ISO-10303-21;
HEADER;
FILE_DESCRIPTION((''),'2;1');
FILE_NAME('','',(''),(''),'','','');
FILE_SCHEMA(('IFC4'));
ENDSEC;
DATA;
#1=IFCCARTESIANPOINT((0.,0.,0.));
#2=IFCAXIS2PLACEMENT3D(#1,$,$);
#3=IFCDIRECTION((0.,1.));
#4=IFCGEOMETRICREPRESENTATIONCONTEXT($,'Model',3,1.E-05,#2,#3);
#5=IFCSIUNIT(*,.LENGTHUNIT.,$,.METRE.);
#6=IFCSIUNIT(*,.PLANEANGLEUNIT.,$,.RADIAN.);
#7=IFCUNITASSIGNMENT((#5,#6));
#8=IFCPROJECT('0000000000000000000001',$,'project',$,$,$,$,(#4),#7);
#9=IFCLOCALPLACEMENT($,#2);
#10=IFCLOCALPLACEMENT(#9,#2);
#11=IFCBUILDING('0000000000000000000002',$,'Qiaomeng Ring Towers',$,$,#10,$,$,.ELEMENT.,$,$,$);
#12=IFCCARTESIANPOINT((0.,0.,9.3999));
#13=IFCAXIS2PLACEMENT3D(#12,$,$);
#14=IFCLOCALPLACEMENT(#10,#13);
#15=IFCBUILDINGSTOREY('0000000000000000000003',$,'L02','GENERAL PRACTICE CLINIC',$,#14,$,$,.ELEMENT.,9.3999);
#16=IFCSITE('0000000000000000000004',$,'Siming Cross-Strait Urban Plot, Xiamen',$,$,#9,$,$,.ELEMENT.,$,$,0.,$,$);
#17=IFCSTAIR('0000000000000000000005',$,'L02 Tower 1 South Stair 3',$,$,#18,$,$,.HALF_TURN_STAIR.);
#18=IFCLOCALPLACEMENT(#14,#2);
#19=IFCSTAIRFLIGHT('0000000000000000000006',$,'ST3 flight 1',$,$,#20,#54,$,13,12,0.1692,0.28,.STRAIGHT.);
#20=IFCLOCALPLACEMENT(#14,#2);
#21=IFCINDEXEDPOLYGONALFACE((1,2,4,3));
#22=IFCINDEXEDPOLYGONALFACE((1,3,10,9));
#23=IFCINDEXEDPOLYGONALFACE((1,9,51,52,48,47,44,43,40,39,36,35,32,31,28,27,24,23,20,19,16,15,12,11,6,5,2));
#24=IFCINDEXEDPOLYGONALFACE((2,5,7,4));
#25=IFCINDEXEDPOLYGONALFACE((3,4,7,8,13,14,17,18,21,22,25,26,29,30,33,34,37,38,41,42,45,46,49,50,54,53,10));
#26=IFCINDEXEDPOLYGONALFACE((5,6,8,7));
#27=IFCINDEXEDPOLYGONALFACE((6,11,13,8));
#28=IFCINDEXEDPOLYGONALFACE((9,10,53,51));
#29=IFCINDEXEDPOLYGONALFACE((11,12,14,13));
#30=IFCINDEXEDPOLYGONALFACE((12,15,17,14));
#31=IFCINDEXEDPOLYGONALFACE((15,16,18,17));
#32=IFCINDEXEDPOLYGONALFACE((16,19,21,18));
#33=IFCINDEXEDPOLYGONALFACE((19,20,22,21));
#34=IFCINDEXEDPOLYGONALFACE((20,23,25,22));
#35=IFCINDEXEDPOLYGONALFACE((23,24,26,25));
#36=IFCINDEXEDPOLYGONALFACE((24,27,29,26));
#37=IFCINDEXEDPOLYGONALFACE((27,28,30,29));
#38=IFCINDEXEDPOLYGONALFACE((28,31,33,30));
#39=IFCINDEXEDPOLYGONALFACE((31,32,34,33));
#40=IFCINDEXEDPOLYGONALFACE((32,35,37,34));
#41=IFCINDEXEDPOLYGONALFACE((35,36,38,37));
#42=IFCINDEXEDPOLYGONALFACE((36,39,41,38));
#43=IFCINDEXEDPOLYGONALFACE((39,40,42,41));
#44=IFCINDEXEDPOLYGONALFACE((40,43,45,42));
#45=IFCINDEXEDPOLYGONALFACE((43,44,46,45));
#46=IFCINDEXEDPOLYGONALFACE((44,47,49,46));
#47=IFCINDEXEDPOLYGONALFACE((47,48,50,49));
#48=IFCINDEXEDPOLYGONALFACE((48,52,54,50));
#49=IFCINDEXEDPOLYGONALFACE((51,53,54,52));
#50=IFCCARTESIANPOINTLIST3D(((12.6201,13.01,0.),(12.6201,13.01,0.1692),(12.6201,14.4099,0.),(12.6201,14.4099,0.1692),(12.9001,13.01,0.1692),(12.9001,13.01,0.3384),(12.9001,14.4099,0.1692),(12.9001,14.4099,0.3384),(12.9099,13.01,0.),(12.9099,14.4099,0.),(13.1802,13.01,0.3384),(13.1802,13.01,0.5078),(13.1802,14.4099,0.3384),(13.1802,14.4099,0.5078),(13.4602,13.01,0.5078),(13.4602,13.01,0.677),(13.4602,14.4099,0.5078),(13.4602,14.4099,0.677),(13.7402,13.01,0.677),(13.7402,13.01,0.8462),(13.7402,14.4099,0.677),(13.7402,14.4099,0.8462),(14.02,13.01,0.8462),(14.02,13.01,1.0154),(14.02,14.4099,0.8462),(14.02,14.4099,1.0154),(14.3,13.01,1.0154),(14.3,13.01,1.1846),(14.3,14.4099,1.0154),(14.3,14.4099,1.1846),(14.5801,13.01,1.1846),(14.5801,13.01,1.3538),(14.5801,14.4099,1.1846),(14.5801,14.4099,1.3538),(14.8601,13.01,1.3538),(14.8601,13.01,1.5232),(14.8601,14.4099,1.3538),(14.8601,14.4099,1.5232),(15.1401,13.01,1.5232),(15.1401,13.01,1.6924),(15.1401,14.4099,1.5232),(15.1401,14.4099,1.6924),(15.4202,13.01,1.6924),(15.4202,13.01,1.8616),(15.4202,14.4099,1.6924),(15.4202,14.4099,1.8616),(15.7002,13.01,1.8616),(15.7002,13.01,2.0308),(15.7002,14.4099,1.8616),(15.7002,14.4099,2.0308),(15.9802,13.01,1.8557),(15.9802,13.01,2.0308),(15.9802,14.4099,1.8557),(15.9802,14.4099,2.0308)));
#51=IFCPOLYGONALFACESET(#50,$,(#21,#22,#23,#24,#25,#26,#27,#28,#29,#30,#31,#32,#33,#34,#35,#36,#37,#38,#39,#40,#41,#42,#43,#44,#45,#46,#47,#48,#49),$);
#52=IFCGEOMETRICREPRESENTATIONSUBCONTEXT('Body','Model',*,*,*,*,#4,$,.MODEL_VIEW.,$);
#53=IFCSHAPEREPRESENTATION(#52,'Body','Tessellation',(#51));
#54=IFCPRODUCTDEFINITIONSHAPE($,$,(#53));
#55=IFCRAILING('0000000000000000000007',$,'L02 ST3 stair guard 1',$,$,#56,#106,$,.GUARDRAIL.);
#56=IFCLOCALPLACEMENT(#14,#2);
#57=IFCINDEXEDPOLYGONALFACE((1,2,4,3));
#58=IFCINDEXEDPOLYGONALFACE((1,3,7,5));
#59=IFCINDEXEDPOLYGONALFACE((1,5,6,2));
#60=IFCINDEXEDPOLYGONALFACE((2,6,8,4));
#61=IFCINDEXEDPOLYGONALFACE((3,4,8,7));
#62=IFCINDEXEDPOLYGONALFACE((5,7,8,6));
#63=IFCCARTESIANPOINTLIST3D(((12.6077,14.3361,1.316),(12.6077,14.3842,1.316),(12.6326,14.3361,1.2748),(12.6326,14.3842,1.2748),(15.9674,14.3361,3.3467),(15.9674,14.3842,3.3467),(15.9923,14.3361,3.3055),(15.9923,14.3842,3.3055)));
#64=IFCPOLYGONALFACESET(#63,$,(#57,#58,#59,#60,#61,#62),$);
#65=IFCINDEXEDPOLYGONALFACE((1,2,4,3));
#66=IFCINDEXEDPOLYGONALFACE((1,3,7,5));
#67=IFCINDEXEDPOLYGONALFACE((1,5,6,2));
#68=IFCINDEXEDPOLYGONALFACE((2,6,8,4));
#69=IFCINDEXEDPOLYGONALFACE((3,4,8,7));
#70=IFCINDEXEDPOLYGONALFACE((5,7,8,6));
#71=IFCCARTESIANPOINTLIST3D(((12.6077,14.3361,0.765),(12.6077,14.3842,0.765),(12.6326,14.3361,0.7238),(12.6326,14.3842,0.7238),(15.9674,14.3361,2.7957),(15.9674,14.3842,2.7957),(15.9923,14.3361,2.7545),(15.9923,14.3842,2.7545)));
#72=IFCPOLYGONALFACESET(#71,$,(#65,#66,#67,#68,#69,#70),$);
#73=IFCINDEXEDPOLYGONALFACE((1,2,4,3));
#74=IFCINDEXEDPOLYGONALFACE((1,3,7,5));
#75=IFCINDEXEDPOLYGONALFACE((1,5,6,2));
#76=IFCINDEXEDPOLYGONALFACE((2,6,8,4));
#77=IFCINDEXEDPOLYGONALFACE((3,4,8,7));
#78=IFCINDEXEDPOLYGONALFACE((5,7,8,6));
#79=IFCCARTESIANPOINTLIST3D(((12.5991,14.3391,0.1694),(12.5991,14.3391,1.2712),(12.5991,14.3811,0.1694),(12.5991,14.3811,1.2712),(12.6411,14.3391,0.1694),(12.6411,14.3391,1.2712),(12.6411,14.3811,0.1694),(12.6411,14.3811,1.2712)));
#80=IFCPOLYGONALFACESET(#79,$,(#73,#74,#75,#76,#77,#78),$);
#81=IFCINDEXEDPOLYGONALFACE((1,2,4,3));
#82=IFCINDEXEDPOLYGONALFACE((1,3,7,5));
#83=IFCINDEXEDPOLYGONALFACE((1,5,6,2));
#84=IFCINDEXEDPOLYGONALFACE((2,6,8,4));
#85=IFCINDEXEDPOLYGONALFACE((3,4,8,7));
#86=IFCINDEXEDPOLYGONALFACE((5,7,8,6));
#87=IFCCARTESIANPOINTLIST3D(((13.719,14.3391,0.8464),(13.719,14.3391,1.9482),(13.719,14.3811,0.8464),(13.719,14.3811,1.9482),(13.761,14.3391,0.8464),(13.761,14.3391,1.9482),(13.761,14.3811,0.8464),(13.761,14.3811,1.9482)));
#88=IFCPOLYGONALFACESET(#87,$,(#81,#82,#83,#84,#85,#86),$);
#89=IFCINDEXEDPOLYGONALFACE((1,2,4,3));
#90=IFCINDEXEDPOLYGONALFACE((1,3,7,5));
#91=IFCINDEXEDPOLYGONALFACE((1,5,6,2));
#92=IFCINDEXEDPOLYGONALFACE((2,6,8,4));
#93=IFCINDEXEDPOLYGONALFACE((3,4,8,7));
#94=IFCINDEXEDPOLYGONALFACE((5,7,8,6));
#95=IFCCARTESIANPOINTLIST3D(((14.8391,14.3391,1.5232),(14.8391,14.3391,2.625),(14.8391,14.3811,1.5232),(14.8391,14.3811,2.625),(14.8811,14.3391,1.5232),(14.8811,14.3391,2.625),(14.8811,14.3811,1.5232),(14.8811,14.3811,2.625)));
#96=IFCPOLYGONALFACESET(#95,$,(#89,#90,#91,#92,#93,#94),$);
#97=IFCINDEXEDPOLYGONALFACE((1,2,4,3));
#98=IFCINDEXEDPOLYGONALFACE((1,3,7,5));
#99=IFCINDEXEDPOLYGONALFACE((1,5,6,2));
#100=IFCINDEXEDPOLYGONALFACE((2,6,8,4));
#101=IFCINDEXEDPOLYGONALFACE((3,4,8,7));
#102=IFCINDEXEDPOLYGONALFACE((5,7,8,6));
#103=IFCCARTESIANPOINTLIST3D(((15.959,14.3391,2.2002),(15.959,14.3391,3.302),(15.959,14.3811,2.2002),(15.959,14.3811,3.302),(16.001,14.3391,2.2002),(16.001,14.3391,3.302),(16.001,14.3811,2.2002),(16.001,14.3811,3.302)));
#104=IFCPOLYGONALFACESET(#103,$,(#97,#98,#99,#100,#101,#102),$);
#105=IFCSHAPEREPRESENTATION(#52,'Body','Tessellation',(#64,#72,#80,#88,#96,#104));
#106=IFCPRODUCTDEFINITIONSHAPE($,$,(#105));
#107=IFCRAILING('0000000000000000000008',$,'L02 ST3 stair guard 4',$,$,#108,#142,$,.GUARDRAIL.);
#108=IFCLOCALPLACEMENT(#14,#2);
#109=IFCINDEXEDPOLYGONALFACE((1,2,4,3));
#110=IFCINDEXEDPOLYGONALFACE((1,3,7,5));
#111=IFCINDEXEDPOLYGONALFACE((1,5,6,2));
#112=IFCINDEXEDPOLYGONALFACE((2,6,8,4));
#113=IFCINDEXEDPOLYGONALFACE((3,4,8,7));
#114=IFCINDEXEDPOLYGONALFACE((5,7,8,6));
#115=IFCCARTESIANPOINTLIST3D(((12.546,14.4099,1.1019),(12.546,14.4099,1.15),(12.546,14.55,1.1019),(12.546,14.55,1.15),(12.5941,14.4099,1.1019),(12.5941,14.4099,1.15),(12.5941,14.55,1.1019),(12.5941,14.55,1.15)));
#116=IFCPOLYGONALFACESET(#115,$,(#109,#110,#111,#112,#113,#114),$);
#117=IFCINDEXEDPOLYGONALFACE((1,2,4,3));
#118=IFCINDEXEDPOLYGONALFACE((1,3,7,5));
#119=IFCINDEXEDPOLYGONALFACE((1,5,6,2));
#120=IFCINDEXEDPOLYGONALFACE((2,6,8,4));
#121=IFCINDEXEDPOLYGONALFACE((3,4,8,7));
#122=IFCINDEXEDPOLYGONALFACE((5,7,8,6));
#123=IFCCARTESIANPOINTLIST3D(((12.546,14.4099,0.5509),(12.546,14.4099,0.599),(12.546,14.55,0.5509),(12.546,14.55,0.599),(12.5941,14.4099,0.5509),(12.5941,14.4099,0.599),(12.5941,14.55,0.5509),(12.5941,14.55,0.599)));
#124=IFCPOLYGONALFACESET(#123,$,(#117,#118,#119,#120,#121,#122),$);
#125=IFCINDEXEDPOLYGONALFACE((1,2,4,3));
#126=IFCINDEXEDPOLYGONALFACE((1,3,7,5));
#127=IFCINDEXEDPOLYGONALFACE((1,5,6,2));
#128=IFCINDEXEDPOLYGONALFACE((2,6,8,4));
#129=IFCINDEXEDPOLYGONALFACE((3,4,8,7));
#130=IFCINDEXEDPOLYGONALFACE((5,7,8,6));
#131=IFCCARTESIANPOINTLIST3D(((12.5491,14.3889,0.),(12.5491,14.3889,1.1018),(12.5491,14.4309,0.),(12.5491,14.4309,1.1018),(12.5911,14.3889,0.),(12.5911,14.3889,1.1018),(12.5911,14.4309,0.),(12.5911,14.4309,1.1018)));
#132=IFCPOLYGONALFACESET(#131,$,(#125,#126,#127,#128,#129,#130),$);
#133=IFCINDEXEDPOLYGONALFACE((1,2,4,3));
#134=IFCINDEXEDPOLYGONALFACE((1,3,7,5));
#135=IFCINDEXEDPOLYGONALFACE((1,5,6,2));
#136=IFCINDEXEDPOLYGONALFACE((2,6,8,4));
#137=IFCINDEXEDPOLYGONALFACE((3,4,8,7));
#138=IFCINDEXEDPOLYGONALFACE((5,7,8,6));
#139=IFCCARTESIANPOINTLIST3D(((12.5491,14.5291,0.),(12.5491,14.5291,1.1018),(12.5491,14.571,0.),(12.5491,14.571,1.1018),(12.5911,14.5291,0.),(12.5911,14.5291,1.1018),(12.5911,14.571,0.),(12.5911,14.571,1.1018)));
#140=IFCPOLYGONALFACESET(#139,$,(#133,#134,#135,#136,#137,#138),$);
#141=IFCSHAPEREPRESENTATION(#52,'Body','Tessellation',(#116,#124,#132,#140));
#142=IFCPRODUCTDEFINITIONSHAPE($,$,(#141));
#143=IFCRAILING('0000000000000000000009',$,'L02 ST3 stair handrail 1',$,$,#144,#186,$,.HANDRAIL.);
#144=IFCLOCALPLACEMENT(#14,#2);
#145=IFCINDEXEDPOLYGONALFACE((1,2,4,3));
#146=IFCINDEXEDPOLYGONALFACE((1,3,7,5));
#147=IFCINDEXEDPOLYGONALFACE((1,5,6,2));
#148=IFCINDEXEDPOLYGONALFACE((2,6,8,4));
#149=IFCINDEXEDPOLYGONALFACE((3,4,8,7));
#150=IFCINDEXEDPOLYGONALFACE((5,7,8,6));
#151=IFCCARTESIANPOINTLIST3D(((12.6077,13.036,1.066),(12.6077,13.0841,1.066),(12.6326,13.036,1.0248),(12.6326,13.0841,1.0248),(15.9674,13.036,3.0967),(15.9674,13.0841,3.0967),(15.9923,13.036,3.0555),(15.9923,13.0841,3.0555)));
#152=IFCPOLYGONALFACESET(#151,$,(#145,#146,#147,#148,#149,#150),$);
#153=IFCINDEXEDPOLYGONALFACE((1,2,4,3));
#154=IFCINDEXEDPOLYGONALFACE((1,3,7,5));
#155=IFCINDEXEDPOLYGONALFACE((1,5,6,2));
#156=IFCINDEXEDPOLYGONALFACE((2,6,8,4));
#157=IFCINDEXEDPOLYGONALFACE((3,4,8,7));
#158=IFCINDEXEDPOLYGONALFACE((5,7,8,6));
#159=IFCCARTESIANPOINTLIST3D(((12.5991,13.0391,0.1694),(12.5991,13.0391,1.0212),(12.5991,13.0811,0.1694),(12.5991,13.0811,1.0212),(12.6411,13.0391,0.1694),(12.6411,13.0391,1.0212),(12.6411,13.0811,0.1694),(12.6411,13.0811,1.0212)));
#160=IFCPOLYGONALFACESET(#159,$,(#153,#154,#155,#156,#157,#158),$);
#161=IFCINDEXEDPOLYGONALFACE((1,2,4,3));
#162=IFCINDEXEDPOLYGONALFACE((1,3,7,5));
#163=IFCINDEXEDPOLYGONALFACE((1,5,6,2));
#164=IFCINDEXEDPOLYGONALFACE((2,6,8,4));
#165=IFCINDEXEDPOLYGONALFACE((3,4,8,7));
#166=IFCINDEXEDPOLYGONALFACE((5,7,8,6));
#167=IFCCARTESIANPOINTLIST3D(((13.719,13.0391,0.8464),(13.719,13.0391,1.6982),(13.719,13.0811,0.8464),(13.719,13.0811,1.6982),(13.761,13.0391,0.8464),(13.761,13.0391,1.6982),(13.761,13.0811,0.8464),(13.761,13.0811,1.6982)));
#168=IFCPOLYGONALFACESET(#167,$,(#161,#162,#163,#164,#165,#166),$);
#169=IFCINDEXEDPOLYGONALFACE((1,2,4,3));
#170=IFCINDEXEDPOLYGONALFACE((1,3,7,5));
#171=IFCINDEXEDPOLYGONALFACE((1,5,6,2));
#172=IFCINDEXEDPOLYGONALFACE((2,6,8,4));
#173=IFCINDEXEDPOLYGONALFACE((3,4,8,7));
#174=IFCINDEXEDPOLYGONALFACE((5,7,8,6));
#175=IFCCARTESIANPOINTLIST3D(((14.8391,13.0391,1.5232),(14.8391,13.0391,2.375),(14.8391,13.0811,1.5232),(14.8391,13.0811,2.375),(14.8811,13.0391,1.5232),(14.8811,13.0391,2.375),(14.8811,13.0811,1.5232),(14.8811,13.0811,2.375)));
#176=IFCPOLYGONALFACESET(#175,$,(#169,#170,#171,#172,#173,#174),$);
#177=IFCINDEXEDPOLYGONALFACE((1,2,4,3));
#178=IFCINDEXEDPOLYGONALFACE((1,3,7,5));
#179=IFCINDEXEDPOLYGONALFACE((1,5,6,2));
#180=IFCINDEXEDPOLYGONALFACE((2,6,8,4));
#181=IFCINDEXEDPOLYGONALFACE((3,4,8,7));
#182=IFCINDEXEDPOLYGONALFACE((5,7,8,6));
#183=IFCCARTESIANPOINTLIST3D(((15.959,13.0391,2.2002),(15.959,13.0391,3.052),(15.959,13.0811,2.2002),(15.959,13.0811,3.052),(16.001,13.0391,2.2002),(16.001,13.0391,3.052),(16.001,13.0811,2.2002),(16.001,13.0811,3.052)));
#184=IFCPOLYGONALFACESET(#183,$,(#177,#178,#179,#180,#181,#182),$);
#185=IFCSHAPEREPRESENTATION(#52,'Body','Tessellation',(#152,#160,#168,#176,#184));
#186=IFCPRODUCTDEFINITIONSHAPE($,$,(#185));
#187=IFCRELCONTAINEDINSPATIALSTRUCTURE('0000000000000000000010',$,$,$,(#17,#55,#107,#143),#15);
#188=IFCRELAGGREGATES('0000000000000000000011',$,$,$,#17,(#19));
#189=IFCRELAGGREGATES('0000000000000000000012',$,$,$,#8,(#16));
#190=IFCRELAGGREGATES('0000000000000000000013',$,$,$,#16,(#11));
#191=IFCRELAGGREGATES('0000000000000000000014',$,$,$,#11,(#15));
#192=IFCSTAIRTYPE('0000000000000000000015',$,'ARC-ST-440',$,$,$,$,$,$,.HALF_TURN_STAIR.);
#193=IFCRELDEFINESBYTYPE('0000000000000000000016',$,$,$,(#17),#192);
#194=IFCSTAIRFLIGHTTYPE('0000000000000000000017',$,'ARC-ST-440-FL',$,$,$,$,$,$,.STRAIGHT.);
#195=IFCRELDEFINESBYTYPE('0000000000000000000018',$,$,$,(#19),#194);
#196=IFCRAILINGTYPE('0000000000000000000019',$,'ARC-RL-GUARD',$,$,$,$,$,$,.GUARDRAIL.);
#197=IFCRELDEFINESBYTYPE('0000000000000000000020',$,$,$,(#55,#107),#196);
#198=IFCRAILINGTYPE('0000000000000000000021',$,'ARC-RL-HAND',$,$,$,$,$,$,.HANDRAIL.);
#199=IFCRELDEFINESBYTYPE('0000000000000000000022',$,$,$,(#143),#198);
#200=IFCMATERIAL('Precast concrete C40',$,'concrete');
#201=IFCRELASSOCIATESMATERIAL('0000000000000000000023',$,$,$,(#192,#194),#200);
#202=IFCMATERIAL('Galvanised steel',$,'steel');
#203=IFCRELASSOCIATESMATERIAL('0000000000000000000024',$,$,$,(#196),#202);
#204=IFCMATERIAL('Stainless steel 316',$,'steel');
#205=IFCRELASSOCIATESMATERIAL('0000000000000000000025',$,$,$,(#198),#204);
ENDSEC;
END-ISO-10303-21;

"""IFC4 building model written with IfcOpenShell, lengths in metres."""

from ifc_helpers import new_model, si_unit, direction, frame, origin, origin_2d, place, context, subcontext, project, spatial, polyline, rectangle, outline, extrude, source, transform, mapped, material, type_object, element, aggregate, save


model = new_model("IFC4")

# Units and contexts
model_context = context("Model", 3, precision=1e-05, world=origin(), true_north=direction((0.0, 1.0)))
body_context = subcontext(model_context, "Body", "Model", "MODEL_VIEW")
ifc_project = project(units=[si_unit("LENGTHUNIT", "METRE"), si_unit("PLANEANGLEUNIT", "RADIAN")], contexts=[model_context])

# Site, building, storey
site_placement = place(None, origin())
site = spatial("IfcSite", under=ifc_project, at=site_placement, Name="Siming Cross-Strait Urban Plot, Xiamen", CompositionType="ELEMENT", RefElevation=0.0)
building_placement = place(site_placement, origin())
building = spatial("IfcBuilding", under=site, at=building_placement, Name="Qiaomeng Ring Towers", CompositionType="ELEMENT")
storey_placement = place(building_placement, frame((0.0, 0.0, 9.3999)))
storey = spatial("IfcBuildingStorey", under=building, at=storey_placement, Name="L02", Description="GENERAL PRACTICE CLINIC", CompositionType="ELEMENT", Elevation=9.3999)

# Shared definitions
ifc_material_1 = material(Name="Galvanised steel", Category="steel")

# Stair, stair flight
ifc_material_2 = material(Name="Precast concrete C40", Category="concrete")
stair_type = type_object("IfcStairType", Name="ARC-ST-440", PredefinedType="HALF_TURN_STAIR", material=ifc_material_2)
stair_placement = place(storey_placement, origin())
stair = element("IfcStair", 1, at=stair_placement, inside=storey, type_object=stair_type, Name="L02 Tower 1 South Stair 3", PredefinedType="HALF_TURN_STAIR")
stair_flight_type = type_object("IfcStairFlightType", Name="ARC-ST-440-FL", PredefinedType="STRAIGHT", material=ifc_material_2)
shared_shape_1 = source(origin(), body_context, "Body", "SweptSolid", [
    extrude(outline(polyline([(0.0, 0.0), (0.0, 0.1692), (0.28, 0.1692), (0.28, 0.3384), (0.5601, 0.3384), (0.5601, 0.5078), (0.8401, 0.5078), (0.8401, 0.677), (1.1201, 0.677), (1.1201, 0.8462), (1.3999, 0.8462), (1.3999, 1.0154), (1.6799, 1.0154), (1.6799, 1.1846), (1.96, 1.1846), (1.96, 1.3538), (2.24, 1.3538), (2.24, 1.5232), (2.52, 1.5232), (2.52, 1.6924), (2.8, 1.6924), (2.8, 1.8616), (3.0801, 1.8616), (3.0801, 2.0308), (3.3601, 2.0308), (3.3601, 2.2), (3.3601, 1.8557), (0.2898, 0.0), (0.0, 0.0)])), frame((0.0, 0.7, 0.0), z_axis=(0.0, -1.0, 0.0), x_axis=(1.0, 0.0, 0.0)), (0.0, 0.0, 1.0), 1.3999),
])
stair_flight_placement = place(storey_placement, frame((12.6201, 13.71, 0.0), z_axis=(0.0, 0.0, 1.0), x_axis=(1.0, 0.0, 0.0)))
stair_flight = element("IfcStairFlight", 2, at=stair_flight_placement, type_object=stair_flight_type, Name="ST3 flight 1", NumberOfRisers=13, NumberOfTreads=12, PredefinedType="STRAIGHT", RiserHeight=0.1692, TreadLength=0.28, context=body_context, shape_type="MappedRepresentation", body=[
    mapped(shared_shape_1, transform((0.0, 0.0, 0.0), x_axis=(1.0, 0.0, 0.0), y_axis=(0.0, 1.0, 0.0), z_axis=(0.0, 0.0, 1.0), scale=1.0)),
])
aggregate(stair, [stair_flight])

# Railings
railing_type_1 = type_object("IfcRailingType", Name="ARC-RL-GUARD", PredefinedType="GUARDRAIL", material=ifc_material_1)
railing_1_placement = place(storey_placement, frame((12.6201, 14.3601, 0.1694)))
element("IfcRailing", 3, at=railing_1_placement, inside=storey, type_object=railing_type_1, Name="L02 ST3 stair guard 1", PredefinedType="GUARDRAIL", context=body_context, shape_type="SweptSolid", body=[
    extrude(rectangle(XDim=0.0481, YDim=0.0481, at=origin_2d()), frame((0.0, 0.0, 1.126), z_axis=(0.85582, 0.0, 0.517273), x_axis=(0.0, 1.0, 0.0)), (0.0, 0.0, 1.0), 3.9258),
    extrude(rectangle(XDim=0.0481, YDim=0.0481, at=origin_2d()), frame((0.0, 0.0, 0.575), z_axis=(0.85582, 0.0, 0.517273), x_axis=(0.0, 1.0, 0.0)), (0.0, 0.0, 1.0), 3.9258),
    extrude(rectangle(XDim=0.042, YDim=0.042, at=origin_2d()), origin(), (0.0, 0.0, 1.0), 1.1018),
    extrude(rectangle(XDim=0.042, YDim=0.042, at=origin_2d()), frame((1.1199, 0.0, 0.677)), (0.0, 0.0, 1.0), 1.1018),
    extrude(rectangle(XDim=0.042, YDim=0.042, at=origin_2d()), frame((2.24, 0.0, 1.3538)), (0.0, 0.0, 1.0), 1.1018),
    extrude(rectangle(XDim=0.042, YDim=0.042, at=origin_2d()), frame((3.3599, 0.0, 2.0308)), (0.0, 0.0, 1.0), 1.1018),
])
railing_2_placement = place(storey_placement, frame((12.5701, 14.4099, 0.0)))
element("IfcRailing", 4, at=railing_2_placement, inside=storey, type_object=railing_type_1, Name="L02 ST3 stair guard 4", PredefinedType="GUARDRAIL", context=body_context, shape_type="SweptSolid", body=[
    extrude(rectangle(XDim=0.0481, YDim=0.0481, at=origin_2d()), frame((0.0, 0.0, 1.126), z_axis=(0.0, 1.0, 0.0), x_axis=(-1.0, 0.0, 0.0)), (0.0, 0.0, 1.0), 0.1401),
    extrude(rectangle(XDim=0.0481, YDim=0.0481, at=origin_2d()), frame((0.0, 0.0, 0.575), z_axis=(0.0, 1.0, 0.0), x_axis=(-1.0, 0.0, 0.0)), (0.0, 0.0, 1.0), 0.1401),
    extrude(rectangle(XDim=0.042, YDim=0.042, at=origin_2d()), origin(), (0.0, 0.0, 1.0), 1.1018),
    extrude(rectangle(XDim=0.042, YDim=0.042, at=origin_2d()), frame((0.0, 0.1401, 0.0)), (0.0, 0.0, 1.0), 1.1018),
])
ifc_material_3 = material(Name="Stainless steel 316", Category="steel")
railing_type_2 = type_object("IfcRailingType", Name="ARC-RL-HAND", PredefinedType="HANDRAIL", material=ifc_material_3)
railing_3_placement = place(storey_placement, frame((12.6201, 13.0601, 0.1694)))
element("IfcRailing", 5, at=railing_3_placement, inside=storey, type_object=railing_type_2, Name="L02 ST3 stair handrail 1", PredefinedType="HANDRAIL", context=body_context, shape_type="SweptSolid", body=[
    extrude(rectangle(XDim=0.0481, YDim=0.0481, at=origin_2d()), frame((0.0, 0.0, 0.876), z_axis=(0.85582, 0.0, 0.517273), x_axis=(0.0, 1.0, 0.0)), (0.0, 0.0, 1.0), 3.9258),
    extrude(rectangle(XDim=0.042, YDim=0.042, at=origin_2d()), origin(), (0.0, 0.0, 1.0), 0.8518),
    extrude(rectangle(XDim=0.042, YDim=0.042, at=origin_2d()), frame((1.1199, 0.0, 0.677)), (0.0, 0.0, 1.0), 0.8518),
    extrude(rectangle(XDim=0.042, YDim=0.042, at=origin_2d()), frame((2.24, 0.0, 1.3538)), (0.0, 0.0, 1.0), 0.8518),
    extrude(rectangle(XDim=0.042, YDim=0.042, at=origin_2d()), frame((3.3599, 0.0, 2.0308)), (0.0, 0.0, 1.0), 0.8518),
])

save(model, "model.ifc")
